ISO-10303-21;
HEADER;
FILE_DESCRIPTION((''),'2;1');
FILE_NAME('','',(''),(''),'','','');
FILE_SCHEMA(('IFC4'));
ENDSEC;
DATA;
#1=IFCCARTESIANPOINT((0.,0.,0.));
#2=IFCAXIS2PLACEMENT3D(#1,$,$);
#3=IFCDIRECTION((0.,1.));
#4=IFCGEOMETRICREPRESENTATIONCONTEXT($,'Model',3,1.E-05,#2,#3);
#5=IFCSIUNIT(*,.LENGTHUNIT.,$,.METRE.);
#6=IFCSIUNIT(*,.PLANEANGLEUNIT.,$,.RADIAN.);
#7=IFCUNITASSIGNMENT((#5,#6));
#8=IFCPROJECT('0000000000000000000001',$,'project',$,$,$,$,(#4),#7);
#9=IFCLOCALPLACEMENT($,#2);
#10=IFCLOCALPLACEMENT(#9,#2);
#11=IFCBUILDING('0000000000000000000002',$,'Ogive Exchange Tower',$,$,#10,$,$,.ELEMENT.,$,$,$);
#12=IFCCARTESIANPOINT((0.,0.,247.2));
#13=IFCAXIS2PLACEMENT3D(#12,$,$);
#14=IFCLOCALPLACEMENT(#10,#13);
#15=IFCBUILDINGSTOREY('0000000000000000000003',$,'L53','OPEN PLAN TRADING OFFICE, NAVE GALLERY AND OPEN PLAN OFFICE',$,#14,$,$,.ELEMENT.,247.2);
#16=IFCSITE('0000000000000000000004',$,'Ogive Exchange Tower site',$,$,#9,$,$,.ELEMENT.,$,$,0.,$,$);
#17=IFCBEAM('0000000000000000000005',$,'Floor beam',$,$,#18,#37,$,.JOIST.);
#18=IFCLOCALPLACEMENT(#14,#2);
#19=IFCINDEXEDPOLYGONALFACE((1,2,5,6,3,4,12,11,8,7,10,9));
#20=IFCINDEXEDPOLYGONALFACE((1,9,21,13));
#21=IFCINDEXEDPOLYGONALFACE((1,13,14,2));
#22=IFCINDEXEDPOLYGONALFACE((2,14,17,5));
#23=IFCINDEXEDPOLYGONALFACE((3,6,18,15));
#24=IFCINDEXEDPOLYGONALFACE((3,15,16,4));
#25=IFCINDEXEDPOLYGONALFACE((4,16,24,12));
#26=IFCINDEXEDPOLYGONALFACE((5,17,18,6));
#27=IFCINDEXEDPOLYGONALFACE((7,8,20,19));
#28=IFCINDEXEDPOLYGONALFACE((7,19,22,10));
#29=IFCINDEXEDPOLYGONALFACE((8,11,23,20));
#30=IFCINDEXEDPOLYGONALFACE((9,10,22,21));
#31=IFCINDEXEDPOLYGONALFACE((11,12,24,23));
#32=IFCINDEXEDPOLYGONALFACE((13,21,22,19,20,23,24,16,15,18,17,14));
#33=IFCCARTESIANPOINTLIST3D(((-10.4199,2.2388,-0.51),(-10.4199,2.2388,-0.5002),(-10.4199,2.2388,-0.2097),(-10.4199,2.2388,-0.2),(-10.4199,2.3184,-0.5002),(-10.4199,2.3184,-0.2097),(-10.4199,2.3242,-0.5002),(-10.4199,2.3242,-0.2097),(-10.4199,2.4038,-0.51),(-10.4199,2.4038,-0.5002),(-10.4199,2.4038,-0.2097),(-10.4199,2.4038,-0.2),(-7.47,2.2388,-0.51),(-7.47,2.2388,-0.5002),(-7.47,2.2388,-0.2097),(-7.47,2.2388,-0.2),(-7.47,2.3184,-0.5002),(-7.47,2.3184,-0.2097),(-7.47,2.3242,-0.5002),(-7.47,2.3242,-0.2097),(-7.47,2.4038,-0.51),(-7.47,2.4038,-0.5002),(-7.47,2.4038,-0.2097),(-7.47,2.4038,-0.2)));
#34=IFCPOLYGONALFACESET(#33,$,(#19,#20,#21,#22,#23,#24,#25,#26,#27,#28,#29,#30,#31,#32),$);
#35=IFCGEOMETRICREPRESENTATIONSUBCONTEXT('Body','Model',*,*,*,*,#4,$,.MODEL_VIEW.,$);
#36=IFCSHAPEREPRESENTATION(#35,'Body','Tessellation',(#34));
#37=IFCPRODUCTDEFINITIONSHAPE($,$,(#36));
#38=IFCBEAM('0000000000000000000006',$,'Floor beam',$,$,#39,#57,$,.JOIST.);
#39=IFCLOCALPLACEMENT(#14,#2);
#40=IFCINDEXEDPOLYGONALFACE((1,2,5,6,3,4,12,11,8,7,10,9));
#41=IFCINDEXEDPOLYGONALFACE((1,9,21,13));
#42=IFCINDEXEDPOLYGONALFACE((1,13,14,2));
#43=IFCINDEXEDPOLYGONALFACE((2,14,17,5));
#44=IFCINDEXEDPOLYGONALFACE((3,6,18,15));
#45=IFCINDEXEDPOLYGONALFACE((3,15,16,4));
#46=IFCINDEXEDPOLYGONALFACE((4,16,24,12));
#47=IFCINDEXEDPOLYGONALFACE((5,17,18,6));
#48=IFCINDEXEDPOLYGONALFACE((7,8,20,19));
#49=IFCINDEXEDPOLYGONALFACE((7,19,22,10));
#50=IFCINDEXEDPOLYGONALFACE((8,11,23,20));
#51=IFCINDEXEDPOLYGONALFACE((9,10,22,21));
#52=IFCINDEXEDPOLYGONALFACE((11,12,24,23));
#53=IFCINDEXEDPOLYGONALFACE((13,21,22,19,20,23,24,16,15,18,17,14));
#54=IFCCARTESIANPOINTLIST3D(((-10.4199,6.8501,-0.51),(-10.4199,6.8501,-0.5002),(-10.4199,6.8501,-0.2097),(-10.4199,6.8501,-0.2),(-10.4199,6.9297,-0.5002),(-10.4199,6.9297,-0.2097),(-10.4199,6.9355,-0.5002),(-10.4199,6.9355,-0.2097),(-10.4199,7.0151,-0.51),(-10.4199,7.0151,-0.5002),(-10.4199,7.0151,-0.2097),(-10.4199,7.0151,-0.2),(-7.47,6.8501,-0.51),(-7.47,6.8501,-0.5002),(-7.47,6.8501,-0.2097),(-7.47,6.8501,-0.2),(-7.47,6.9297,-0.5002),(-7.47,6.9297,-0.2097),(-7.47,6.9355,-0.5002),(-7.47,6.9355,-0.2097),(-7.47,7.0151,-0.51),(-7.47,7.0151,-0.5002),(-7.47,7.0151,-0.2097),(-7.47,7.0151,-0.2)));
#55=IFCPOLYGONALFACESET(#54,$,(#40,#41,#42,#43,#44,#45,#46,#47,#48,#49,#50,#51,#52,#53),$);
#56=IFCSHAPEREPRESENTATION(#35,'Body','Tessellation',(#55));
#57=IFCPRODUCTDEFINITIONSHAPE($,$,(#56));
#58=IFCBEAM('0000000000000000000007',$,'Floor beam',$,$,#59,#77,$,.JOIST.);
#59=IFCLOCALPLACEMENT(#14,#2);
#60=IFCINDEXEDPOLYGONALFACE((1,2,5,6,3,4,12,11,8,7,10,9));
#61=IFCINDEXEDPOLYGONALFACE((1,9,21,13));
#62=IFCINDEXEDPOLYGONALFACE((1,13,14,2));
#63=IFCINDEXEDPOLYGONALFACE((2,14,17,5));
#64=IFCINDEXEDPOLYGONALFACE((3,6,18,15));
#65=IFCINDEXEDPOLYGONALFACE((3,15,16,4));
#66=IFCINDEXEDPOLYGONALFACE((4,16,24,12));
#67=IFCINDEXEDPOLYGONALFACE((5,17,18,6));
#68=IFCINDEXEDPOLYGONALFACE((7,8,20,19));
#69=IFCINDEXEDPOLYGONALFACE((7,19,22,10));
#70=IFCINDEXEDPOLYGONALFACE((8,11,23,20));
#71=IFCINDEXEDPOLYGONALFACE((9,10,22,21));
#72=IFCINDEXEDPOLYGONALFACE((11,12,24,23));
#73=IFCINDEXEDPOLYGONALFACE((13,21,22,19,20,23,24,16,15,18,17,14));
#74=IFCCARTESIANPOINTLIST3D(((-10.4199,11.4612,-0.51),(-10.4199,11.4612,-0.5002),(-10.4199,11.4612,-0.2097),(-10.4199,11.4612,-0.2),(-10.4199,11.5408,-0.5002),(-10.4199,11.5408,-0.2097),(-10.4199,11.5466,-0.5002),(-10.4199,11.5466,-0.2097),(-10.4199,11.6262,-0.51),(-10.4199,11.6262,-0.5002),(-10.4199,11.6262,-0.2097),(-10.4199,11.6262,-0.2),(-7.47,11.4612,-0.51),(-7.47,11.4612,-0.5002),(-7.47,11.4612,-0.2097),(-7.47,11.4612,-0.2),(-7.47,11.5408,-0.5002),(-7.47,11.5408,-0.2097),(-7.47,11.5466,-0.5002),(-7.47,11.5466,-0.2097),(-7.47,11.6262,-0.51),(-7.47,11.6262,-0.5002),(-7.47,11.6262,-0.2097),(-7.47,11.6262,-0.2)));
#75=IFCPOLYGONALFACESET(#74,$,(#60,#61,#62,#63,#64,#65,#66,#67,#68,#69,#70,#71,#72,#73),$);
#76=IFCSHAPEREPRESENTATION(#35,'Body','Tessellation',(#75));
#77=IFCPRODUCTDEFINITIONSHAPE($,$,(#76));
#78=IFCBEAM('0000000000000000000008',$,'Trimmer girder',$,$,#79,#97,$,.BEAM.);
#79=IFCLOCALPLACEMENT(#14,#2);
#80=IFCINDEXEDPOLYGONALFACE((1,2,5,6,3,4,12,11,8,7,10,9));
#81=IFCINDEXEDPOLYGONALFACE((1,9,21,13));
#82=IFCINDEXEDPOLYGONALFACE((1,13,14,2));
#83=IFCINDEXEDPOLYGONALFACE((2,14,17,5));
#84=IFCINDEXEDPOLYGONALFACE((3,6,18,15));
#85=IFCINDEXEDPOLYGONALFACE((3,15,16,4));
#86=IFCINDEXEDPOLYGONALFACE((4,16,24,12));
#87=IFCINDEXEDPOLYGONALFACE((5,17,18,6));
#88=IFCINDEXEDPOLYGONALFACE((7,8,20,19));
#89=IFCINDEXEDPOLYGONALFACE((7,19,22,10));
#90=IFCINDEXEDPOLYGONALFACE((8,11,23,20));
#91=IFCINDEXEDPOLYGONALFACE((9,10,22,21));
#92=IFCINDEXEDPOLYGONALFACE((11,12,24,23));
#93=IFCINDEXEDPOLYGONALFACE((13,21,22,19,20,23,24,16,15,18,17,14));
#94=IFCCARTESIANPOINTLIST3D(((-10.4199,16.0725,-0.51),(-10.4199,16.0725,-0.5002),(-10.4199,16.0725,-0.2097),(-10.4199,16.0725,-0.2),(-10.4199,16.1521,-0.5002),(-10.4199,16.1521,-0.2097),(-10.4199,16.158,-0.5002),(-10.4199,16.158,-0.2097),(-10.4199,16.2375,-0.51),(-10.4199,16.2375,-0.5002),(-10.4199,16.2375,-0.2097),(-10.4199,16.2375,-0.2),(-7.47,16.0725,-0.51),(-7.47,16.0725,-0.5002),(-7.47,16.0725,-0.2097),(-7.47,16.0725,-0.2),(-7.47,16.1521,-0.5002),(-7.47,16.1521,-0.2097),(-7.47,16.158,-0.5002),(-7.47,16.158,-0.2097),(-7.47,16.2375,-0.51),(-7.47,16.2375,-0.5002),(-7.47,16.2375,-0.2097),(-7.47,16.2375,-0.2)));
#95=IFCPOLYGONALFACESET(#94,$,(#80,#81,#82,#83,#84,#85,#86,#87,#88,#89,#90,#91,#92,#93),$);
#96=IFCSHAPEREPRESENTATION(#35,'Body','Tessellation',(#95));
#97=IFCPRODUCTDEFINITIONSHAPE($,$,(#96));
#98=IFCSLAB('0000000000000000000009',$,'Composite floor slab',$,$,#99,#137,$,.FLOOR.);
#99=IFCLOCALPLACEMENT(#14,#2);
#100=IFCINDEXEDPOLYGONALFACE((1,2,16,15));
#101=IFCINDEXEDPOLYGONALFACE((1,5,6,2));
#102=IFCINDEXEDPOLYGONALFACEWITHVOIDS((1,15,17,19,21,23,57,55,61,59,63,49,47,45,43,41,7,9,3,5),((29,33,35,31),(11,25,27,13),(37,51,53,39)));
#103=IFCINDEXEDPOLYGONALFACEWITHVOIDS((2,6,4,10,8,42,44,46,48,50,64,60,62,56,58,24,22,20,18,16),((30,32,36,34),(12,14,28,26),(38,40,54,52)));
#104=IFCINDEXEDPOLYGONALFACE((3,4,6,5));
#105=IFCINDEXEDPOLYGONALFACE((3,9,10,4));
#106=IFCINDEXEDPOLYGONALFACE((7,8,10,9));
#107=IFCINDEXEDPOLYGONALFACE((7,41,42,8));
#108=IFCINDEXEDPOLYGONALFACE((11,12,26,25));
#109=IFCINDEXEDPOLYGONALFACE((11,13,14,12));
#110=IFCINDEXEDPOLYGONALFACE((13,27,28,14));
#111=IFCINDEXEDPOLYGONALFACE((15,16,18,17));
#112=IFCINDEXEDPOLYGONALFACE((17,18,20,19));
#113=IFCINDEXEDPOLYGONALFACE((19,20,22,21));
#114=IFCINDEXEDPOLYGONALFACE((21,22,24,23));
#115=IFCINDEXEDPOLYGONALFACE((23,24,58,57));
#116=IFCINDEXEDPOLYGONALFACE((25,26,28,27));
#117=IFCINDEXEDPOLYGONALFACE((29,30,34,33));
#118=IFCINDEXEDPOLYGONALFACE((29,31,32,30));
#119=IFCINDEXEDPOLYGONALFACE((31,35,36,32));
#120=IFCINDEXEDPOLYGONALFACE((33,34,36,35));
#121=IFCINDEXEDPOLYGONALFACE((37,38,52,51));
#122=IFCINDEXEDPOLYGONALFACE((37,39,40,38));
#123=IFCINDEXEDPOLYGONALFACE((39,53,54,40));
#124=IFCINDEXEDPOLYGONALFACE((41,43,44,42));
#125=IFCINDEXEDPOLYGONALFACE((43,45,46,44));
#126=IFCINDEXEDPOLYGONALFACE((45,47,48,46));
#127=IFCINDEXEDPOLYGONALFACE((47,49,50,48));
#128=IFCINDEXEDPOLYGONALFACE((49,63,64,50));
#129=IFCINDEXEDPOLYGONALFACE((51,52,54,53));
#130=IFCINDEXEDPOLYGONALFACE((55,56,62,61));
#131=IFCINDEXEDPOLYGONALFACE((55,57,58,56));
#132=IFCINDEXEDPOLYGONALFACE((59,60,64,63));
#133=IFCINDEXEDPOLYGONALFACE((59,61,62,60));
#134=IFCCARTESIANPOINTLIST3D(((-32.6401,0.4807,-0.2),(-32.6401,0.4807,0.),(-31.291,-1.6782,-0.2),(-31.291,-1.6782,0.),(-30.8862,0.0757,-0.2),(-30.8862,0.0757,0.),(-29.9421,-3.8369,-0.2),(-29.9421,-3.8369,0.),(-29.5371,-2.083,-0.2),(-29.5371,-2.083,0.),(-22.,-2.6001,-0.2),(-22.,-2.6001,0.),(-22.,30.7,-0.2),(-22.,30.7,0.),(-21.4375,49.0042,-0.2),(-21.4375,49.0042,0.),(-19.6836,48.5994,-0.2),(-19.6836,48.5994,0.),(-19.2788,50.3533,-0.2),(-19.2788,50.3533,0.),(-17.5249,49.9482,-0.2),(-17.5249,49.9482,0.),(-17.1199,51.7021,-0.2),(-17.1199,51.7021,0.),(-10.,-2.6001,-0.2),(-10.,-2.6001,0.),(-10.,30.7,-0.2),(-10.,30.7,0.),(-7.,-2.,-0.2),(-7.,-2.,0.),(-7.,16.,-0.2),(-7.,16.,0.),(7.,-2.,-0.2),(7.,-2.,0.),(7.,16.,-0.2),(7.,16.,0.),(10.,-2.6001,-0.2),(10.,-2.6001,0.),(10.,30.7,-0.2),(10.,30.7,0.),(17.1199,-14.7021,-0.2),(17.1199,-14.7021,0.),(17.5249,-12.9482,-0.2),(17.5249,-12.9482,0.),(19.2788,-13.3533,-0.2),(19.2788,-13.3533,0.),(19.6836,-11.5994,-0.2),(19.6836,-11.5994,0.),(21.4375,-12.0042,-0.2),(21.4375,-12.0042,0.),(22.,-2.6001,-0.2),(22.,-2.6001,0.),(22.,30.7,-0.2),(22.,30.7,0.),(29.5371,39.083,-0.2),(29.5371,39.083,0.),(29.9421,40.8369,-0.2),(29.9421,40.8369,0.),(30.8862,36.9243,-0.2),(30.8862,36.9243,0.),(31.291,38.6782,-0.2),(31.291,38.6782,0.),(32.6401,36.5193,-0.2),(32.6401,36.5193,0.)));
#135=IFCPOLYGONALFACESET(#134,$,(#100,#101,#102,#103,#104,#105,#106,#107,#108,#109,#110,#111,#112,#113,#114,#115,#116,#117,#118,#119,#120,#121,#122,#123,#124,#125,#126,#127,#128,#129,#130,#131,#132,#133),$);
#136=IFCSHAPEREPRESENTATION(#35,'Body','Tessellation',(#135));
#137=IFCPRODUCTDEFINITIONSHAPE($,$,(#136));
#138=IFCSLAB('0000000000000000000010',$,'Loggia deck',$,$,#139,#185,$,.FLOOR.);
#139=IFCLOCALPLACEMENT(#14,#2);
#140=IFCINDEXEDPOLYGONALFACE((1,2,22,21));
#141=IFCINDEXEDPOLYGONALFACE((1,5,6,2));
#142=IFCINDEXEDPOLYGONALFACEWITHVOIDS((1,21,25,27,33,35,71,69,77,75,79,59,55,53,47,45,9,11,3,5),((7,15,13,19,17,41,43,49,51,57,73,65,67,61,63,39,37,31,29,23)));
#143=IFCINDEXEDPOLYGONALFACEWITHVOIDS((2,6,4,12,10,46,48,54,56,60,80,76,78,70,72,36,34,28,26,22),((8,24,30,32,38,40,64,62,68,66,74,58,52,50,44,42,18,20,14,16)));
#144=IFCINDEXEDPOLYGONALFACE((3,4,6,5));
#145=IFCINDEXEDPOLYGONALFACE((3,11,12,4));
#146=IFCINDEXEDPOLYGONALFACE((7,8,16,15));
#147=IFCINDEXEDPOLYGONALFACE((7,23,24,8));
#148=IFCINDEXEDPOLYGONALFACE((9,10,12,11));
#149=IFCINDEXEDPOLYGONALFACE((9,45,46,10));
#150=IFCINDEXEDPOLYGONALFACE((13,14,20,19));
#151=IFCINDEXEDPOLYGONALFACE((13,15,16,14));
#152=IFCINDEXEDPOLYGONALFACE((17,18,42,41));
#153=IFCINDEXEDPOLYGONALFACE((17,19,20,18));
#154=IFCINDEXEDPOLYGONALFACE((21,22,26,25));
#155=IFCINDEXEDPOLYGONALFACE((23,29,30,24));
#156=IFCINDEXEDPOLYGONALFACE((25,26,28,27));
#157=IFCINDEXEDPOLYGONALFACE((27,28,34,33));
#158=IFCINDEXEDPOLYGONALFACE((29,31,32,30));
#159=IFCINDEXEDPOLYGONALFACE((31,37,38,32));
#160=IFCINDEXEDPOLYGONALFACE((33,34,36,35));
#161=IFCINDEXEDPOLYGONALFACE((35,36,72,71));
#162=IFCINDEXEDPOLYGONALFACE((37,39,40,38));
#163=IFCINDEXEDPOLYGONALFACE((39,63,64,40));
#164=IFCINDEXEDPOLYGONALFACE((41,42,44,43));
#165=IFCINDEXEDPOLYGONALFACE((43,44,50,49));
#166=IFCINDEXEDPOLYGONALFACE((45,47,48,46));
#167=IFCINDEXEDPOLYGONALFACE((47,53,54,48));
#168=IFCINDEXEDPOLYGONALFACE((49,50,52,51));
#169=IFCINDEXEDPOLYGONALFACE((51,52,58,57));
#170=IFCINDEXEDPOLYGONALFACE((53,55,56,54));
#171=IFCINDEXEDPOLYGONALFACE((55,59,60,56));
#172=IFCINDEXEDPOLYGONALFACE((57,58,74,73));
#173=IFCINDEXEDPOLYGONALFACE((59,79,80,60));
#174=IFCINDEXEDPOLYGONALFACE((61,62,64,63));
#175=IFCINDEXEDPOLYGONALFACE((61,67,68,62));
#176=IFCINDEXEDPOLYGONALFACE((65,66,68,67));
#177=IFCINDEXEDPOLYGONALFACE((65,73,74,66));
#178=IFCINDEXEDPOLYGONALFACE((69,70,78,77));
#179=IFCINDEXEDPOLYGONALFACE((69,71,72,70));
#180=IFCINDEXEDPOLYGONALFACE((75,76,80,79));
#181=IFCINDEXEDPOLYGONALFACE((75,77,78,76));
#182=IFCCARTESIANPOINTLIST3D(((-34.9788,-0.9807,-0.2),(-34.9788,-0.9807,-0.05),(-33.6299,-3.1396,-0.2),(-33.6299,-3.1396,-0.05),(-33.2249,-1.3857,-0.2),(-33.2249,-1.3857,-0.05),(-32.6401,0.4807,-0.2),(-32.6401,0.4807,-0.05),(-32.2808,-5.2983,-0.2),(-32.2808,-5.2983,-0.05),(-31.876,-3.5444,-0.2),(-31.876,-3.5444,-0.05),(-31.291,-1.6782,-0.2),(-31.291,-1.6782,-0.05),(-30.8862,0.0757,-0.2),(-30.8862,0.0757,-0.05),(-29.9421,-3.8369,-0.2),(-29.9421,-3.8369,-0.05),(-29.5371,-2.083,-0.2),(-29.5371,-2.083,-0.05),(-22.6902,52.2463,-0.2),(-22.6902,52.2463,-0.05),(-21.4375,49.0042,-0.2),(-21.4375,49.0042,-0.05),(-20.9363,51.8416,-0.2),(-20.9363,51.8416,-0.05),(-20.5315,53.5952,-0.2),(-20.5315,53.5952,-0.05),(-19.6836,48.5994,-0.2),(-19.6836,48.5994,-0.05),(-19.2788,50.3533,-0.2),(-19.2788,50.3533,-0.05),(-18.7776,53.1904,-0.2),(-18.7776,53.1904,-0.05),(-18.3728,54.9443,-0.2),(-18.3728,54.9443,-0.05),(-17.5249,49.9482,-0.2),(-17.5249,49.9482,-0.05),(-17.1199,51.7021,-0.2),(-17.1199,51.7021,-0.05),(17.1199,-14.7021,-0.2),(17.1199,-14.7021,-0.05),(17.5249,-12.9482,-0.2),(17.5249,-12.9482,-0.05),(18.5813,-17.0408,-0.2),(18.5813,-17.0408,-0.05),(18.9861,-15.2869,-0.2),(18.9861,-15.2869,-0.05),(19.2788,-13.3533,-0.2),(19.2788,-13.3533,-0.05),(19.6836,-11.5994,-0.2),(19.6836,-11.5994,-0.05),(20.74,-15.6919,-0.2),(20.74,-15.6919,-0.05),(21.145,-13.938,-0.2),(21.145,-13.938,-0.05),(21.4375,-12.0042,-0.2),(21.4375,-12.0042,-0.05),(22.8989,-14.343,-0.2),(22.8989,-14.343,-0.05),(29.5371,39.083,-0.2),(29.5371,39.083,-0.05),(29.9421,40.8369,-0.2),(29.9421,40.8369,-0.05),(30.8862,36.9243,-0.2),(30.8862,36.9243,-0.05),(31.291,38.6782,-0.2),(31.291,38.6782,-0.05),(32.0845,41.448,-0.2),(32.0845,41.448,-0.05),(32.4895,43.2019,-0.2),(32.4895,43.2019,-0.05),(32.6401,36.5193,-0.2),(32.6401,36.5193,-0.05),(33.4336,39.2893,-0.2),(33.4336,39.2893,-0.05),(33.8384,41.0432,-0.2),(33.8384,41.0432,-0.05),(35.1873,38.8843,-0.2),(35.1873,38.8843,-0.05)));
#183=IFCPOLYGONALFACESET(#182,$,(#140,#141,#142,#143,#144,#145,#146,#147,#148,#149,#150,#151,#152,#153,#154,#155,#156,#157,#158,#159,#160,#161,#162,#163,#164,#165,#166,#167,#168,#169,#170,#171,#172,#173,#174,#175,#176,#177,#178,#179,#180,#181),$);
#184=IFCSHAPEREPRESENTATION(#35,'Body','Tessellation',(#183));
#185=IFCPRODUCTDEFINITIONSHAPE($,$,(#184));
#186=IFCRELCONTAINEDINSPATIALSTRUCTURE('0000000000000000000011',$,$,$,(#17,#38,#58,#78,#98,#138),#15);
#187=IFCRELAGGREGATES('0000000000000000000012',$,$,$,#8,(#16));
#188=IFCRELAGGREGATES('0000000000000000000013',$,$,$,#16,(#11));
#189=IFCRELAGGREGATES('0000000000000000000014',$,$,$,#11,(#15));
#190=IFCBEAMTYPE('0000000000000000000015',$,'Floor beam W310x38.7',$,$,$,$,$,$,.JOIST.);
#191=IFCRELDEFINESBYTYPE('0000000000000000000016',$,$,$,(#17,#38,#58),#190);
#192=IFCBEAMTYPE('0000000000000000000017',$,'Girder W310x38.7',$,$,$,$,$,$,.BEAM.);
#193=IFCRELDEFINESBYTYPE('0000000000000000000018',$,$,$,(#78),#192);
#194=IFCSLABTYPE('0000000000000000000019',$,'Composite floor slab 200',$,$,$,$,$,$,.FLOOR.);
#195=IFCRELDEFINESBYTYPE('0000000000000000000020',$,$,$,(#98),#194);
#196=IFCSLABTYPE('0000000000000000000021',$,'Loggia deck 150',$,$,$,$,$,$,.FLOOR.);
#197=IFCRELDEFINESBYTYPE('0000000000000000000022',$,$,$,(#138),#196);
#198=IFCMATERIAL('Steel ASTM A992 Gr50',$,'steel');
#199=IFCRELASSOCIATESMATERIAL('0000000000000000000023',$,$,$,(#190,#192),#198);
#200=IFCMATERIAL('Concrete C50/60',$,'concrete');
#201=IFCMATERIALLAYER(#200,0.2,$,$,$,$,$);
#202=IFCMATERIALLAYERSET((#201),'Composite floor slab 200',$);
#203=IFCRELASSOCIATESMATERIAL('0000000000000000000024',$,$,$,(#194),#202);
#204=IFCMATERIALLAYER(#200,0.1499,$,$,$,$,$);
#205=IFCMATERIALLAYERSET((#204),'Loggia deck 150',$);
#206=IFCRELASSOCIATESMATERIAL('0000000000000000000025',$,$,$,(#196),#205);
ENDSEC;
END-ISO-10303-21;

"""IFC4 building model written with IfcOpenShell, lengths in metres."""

from ifc_helpers import new_model, si_unit, direction, frame, origin, origin_2d, place, context, subcontext, project, spatial, polyline, i_section, outline, extrude, material, layer, layer_set, material_profile, profile_set, type_object, element, save


model = new_model("IFC4")

# Units and contexts
model_context = context("Model", 3, precision=1e-05, world=origin(), true_north=direction((0.0, 1.0)))
body_context = subcontext(model_context, "Body", "Model", "MODEL_VIEW")
ifc_project = project(units=[si_unit("LENGTHUNIT", "METRE"), si_unit("PLANEANGLEUNIT", "RADIAN")], contexts=[model_context])

# Site, building, storey
site_placement = place(None, origin())
site = spatial("IfcSite", under=ifc_project, at=site_placement, Name="Ogive Exchange Tower site", CompositionType="ELEMENT", RefElevation=0.0)
building_placement = place(site_placement, origin())
building = spatial("IfcBuilding", under=site, at=building_placement, Name="Ogive Exchange Tower", CompositionType="ELEMENT")
storey_placement = place(building_placement, frame((0.0, 0.0, 247.2)))
storey = spatial("IfcBuildingStorey", under=building, at=storey_placement, Name="L53", Description="OPEN PLAN TRADING OFFICE, NAVE GALLERY AND OPEN PLAN OFFICE", CompositionType="ELEMENT", Elevation=247.2)

# Beams
ifc_material_1 = material(Name="Steel ASTM A992 Gr50", Category="steel")
ifc_material_profile_1 = material_profile(ifc_material_1, i_section(OverallWidth=0.165, OverallDepth=0.3101, WebThickness=0.0059, FlangeThickness=0.0098, at=origin_2d()), Name="W310x38.7")
ifc_profile_set_1 = profile_set([ifc_material_profile_1], Name="Steel ASTM A992 Gr50")
beam_type_1 = type_object("IfcBeamType", Name="Floor beam W310x38.7", PredefinedType="JOIST", material=ifc_profile_set_1)
for number, where, z_axis, x_axis, name in (
    (1, (-10.4199, 2.3213, -0.355), (1.0, 0.0, 0.0), (0.0, 1.0, 0.0), "Floor beam"),
    (2, (-10.4199, 6.9326, -0.355), (1.0, 0.0, 0.0), (0.0, 1.0, 0.0), "Floor beam"),
    (3, (-10.4199, 11.5437, -0.355), (1.0, 0.0, 0.0), (0.0, 1.0, 0.0), "Floor beam"),
):
    element("IfcBeam", number, at=place(storey_placement, frame(where, z_axis=z_axis, x_axis=x_axis)), inside=storey, type_object=beam_type_1, Name=name, PredefinedType="JOIST", context=body_context, shape_type="SweptSolid", body=[
        extrude(i_section(OverallWidth=0.165, OverallDepth=0.3101, WebThickness=0.0059, FlangeThickness=0.0098, at=origin_2d()), origin(), (0.0, 0.0, 1.0), 2.95),
    ])
ifc_material_profile_2 = material_profile(ifc_material_1, i_section(OverallWidth=0.165, OverallDepth=0.3101, WebThickness=0.0059, FlangeThickness=0.0098, at=origin_2d()), Name="W310x38.7")
ifc_profile_set_2 = profile_set([ifc_material_profile_2], Name="Steel ASTM A992 Gr50")
beam_type_2 = type_object("IfcBeamType", Name="Girder W310x38.7", PredefinedType="BEAM", material=ifc_profile_set_2)
beam_placement = place(storey_placement, frame((-10.4199, 16.155, -0.355), z_axis=(1.0, 0.0, 0.0), x_axis=(0.0, 1.0, 0.0)))
element("IfcBeam", 4, at=beam_placement, inside=storey, type_object=beam_type_2, Name="Trimmer girder", PredefinedType="BEAM", context=body_context, shape_type="SweptSolid", body=[
    extrude(i_section(OverallWidth=0.165, OverallDepth=0.3101, WebThickness=0.0059, FlangeThickness=0.0098, at=origin_2d()), origin(), (0.0, 0.0, 1.0), 2.95),
])

# Slabs
ifc_material_2 = material(Name="Concrete C50/60", Category="concrete")
ifc_layer_1 = layer(ifc_material_2, 0.2)
ifc_layer_set_1 = layer_set([ifc_layer_1], Name="Composite floor slab 200")
slab_type_1 = type_object("IfcSlabType", Name="Composite floor slab 200", PredefinedType="FLOOR", material=ifc_layer_set_1)
slab_1_placement = place(storey_placement, frame((0.0, 0.0, -0.2)))
element("IfcSlab", 5, at=slab_1_placement, inside=storey, type_object=slab_type_1, Name="Composite floor slab", PredefinedType="FLOOR", context=body_context, shape_type="SweptSolid", body=[
    extrude(outline(polyline([(-29.5371, -2.083), (-31.291, -1.6782), (-30.8862, 0.0757), (-32.6401, 0.4807), (-21.4375, 49.0042), (-19.6836, 48.5994), (-19.2788, 50.3533), (-17.5249, 49.9482), (-17.1199, 51.7021), (29.9421, 40.8369), (29.5371, 39.083), (31.291, 38.6782), (30.8862, 36.9243), (32.6401, 36.5193), (21.4375, -12.0042), (19.6836, -11.5994), (19.2788, -13.3533), (17.5249, -12.9482), (17.1199, -14.7021), (-29.9421, -3.8369), (-29.5371, -2.083)]), holes=[polyline([(7.0, -2.0), (7.0, 16.0), (-7.0, 16.0), (-7.0, -2.0), (7.0, -2.0)]), polyline([(-22.0, -2.6001), (-10.0, -2.6001), (-10.0, 30.7), (-22.0, 30.7), (-22.0, -2.6001)]), polyline([(10.0, -2.6001), (22.0, -2.6001), (22.0, 30.7), (10.0, 30.7), (10.0, -2.6001)])]), origin(), (0.0, 0.0, 1.0), 0.2),
])
ifc_layer_2 = layer(ifc_material_2, 0.1499)
ifc_layer_set_2 = layer_set([ifc_layer_2], Name="Loggia deck 150")
slab_type_2 = type_object("IfcSlabType", Name="Loggia deck 150", PredefinedType="FLOOR", material=ifc_layer_set_2)
slab_2_placement = place(storey_placement, frame((0.0, 0.0, -0.2)))
element("IfcSlab", 6, at=slab_2_placement, inside=storey, type_object=slab_type_2, Name="Loggia deck", PredefinedType="FLOOR", context=body_context, shape_type="SweptSolid", body=[
    extrude(outline(polyline([(-31.876, -3.5444), (-33.6299, -3.1396), (-33.2249, -1.3857), (-34.9788, -0.9807), (-22.6902, 52.2463), (-20.9363, 51.8416), (-20.5315, 53.5952), (-18.7776, 53.1904), (-18.3728, 54.9443), (32.4895, 43.2019), (32.0845, 41.448), (33.8384, 41.0432), (33.4336, 39.2893), (35.1873, 38.8843), (22.8989, -14.343), (21.145, -13.938), (20.74, -15.6919), (18.9861, -15.2869), (18.5813, -17.0408), (-32.2808, -5.2983), (-31.876, -3.5444)]), holes=[polyline([(17.5249, -12.9482), (19.2788, -13.3533), (19.6836, -11.5994), (21.4375, -12.0042), (32.6401, 36.5193), (30.8862, 36.9243), (31.291, 38.6782), (29.5371, 39.083), (29.9421, 40.8369), (-17.1199, 51.7021), (-17.5249, 49.9482), (-19.2788, 50.3533), (-19.6836, 48.5994), (-21.4375, 49.0042), (-32.6401, 0.4807), (-30.8862, 0.0757), (-31.291, -1.6782), (-29.5371, -2.083), (-29.9421, -3.8369), (17.1199, -14.7021), (17.5249, -12.9482)])]), origin(), (0.0, 0.0, 1.0), 0.1499),
])

save(model, "model.ifc")
